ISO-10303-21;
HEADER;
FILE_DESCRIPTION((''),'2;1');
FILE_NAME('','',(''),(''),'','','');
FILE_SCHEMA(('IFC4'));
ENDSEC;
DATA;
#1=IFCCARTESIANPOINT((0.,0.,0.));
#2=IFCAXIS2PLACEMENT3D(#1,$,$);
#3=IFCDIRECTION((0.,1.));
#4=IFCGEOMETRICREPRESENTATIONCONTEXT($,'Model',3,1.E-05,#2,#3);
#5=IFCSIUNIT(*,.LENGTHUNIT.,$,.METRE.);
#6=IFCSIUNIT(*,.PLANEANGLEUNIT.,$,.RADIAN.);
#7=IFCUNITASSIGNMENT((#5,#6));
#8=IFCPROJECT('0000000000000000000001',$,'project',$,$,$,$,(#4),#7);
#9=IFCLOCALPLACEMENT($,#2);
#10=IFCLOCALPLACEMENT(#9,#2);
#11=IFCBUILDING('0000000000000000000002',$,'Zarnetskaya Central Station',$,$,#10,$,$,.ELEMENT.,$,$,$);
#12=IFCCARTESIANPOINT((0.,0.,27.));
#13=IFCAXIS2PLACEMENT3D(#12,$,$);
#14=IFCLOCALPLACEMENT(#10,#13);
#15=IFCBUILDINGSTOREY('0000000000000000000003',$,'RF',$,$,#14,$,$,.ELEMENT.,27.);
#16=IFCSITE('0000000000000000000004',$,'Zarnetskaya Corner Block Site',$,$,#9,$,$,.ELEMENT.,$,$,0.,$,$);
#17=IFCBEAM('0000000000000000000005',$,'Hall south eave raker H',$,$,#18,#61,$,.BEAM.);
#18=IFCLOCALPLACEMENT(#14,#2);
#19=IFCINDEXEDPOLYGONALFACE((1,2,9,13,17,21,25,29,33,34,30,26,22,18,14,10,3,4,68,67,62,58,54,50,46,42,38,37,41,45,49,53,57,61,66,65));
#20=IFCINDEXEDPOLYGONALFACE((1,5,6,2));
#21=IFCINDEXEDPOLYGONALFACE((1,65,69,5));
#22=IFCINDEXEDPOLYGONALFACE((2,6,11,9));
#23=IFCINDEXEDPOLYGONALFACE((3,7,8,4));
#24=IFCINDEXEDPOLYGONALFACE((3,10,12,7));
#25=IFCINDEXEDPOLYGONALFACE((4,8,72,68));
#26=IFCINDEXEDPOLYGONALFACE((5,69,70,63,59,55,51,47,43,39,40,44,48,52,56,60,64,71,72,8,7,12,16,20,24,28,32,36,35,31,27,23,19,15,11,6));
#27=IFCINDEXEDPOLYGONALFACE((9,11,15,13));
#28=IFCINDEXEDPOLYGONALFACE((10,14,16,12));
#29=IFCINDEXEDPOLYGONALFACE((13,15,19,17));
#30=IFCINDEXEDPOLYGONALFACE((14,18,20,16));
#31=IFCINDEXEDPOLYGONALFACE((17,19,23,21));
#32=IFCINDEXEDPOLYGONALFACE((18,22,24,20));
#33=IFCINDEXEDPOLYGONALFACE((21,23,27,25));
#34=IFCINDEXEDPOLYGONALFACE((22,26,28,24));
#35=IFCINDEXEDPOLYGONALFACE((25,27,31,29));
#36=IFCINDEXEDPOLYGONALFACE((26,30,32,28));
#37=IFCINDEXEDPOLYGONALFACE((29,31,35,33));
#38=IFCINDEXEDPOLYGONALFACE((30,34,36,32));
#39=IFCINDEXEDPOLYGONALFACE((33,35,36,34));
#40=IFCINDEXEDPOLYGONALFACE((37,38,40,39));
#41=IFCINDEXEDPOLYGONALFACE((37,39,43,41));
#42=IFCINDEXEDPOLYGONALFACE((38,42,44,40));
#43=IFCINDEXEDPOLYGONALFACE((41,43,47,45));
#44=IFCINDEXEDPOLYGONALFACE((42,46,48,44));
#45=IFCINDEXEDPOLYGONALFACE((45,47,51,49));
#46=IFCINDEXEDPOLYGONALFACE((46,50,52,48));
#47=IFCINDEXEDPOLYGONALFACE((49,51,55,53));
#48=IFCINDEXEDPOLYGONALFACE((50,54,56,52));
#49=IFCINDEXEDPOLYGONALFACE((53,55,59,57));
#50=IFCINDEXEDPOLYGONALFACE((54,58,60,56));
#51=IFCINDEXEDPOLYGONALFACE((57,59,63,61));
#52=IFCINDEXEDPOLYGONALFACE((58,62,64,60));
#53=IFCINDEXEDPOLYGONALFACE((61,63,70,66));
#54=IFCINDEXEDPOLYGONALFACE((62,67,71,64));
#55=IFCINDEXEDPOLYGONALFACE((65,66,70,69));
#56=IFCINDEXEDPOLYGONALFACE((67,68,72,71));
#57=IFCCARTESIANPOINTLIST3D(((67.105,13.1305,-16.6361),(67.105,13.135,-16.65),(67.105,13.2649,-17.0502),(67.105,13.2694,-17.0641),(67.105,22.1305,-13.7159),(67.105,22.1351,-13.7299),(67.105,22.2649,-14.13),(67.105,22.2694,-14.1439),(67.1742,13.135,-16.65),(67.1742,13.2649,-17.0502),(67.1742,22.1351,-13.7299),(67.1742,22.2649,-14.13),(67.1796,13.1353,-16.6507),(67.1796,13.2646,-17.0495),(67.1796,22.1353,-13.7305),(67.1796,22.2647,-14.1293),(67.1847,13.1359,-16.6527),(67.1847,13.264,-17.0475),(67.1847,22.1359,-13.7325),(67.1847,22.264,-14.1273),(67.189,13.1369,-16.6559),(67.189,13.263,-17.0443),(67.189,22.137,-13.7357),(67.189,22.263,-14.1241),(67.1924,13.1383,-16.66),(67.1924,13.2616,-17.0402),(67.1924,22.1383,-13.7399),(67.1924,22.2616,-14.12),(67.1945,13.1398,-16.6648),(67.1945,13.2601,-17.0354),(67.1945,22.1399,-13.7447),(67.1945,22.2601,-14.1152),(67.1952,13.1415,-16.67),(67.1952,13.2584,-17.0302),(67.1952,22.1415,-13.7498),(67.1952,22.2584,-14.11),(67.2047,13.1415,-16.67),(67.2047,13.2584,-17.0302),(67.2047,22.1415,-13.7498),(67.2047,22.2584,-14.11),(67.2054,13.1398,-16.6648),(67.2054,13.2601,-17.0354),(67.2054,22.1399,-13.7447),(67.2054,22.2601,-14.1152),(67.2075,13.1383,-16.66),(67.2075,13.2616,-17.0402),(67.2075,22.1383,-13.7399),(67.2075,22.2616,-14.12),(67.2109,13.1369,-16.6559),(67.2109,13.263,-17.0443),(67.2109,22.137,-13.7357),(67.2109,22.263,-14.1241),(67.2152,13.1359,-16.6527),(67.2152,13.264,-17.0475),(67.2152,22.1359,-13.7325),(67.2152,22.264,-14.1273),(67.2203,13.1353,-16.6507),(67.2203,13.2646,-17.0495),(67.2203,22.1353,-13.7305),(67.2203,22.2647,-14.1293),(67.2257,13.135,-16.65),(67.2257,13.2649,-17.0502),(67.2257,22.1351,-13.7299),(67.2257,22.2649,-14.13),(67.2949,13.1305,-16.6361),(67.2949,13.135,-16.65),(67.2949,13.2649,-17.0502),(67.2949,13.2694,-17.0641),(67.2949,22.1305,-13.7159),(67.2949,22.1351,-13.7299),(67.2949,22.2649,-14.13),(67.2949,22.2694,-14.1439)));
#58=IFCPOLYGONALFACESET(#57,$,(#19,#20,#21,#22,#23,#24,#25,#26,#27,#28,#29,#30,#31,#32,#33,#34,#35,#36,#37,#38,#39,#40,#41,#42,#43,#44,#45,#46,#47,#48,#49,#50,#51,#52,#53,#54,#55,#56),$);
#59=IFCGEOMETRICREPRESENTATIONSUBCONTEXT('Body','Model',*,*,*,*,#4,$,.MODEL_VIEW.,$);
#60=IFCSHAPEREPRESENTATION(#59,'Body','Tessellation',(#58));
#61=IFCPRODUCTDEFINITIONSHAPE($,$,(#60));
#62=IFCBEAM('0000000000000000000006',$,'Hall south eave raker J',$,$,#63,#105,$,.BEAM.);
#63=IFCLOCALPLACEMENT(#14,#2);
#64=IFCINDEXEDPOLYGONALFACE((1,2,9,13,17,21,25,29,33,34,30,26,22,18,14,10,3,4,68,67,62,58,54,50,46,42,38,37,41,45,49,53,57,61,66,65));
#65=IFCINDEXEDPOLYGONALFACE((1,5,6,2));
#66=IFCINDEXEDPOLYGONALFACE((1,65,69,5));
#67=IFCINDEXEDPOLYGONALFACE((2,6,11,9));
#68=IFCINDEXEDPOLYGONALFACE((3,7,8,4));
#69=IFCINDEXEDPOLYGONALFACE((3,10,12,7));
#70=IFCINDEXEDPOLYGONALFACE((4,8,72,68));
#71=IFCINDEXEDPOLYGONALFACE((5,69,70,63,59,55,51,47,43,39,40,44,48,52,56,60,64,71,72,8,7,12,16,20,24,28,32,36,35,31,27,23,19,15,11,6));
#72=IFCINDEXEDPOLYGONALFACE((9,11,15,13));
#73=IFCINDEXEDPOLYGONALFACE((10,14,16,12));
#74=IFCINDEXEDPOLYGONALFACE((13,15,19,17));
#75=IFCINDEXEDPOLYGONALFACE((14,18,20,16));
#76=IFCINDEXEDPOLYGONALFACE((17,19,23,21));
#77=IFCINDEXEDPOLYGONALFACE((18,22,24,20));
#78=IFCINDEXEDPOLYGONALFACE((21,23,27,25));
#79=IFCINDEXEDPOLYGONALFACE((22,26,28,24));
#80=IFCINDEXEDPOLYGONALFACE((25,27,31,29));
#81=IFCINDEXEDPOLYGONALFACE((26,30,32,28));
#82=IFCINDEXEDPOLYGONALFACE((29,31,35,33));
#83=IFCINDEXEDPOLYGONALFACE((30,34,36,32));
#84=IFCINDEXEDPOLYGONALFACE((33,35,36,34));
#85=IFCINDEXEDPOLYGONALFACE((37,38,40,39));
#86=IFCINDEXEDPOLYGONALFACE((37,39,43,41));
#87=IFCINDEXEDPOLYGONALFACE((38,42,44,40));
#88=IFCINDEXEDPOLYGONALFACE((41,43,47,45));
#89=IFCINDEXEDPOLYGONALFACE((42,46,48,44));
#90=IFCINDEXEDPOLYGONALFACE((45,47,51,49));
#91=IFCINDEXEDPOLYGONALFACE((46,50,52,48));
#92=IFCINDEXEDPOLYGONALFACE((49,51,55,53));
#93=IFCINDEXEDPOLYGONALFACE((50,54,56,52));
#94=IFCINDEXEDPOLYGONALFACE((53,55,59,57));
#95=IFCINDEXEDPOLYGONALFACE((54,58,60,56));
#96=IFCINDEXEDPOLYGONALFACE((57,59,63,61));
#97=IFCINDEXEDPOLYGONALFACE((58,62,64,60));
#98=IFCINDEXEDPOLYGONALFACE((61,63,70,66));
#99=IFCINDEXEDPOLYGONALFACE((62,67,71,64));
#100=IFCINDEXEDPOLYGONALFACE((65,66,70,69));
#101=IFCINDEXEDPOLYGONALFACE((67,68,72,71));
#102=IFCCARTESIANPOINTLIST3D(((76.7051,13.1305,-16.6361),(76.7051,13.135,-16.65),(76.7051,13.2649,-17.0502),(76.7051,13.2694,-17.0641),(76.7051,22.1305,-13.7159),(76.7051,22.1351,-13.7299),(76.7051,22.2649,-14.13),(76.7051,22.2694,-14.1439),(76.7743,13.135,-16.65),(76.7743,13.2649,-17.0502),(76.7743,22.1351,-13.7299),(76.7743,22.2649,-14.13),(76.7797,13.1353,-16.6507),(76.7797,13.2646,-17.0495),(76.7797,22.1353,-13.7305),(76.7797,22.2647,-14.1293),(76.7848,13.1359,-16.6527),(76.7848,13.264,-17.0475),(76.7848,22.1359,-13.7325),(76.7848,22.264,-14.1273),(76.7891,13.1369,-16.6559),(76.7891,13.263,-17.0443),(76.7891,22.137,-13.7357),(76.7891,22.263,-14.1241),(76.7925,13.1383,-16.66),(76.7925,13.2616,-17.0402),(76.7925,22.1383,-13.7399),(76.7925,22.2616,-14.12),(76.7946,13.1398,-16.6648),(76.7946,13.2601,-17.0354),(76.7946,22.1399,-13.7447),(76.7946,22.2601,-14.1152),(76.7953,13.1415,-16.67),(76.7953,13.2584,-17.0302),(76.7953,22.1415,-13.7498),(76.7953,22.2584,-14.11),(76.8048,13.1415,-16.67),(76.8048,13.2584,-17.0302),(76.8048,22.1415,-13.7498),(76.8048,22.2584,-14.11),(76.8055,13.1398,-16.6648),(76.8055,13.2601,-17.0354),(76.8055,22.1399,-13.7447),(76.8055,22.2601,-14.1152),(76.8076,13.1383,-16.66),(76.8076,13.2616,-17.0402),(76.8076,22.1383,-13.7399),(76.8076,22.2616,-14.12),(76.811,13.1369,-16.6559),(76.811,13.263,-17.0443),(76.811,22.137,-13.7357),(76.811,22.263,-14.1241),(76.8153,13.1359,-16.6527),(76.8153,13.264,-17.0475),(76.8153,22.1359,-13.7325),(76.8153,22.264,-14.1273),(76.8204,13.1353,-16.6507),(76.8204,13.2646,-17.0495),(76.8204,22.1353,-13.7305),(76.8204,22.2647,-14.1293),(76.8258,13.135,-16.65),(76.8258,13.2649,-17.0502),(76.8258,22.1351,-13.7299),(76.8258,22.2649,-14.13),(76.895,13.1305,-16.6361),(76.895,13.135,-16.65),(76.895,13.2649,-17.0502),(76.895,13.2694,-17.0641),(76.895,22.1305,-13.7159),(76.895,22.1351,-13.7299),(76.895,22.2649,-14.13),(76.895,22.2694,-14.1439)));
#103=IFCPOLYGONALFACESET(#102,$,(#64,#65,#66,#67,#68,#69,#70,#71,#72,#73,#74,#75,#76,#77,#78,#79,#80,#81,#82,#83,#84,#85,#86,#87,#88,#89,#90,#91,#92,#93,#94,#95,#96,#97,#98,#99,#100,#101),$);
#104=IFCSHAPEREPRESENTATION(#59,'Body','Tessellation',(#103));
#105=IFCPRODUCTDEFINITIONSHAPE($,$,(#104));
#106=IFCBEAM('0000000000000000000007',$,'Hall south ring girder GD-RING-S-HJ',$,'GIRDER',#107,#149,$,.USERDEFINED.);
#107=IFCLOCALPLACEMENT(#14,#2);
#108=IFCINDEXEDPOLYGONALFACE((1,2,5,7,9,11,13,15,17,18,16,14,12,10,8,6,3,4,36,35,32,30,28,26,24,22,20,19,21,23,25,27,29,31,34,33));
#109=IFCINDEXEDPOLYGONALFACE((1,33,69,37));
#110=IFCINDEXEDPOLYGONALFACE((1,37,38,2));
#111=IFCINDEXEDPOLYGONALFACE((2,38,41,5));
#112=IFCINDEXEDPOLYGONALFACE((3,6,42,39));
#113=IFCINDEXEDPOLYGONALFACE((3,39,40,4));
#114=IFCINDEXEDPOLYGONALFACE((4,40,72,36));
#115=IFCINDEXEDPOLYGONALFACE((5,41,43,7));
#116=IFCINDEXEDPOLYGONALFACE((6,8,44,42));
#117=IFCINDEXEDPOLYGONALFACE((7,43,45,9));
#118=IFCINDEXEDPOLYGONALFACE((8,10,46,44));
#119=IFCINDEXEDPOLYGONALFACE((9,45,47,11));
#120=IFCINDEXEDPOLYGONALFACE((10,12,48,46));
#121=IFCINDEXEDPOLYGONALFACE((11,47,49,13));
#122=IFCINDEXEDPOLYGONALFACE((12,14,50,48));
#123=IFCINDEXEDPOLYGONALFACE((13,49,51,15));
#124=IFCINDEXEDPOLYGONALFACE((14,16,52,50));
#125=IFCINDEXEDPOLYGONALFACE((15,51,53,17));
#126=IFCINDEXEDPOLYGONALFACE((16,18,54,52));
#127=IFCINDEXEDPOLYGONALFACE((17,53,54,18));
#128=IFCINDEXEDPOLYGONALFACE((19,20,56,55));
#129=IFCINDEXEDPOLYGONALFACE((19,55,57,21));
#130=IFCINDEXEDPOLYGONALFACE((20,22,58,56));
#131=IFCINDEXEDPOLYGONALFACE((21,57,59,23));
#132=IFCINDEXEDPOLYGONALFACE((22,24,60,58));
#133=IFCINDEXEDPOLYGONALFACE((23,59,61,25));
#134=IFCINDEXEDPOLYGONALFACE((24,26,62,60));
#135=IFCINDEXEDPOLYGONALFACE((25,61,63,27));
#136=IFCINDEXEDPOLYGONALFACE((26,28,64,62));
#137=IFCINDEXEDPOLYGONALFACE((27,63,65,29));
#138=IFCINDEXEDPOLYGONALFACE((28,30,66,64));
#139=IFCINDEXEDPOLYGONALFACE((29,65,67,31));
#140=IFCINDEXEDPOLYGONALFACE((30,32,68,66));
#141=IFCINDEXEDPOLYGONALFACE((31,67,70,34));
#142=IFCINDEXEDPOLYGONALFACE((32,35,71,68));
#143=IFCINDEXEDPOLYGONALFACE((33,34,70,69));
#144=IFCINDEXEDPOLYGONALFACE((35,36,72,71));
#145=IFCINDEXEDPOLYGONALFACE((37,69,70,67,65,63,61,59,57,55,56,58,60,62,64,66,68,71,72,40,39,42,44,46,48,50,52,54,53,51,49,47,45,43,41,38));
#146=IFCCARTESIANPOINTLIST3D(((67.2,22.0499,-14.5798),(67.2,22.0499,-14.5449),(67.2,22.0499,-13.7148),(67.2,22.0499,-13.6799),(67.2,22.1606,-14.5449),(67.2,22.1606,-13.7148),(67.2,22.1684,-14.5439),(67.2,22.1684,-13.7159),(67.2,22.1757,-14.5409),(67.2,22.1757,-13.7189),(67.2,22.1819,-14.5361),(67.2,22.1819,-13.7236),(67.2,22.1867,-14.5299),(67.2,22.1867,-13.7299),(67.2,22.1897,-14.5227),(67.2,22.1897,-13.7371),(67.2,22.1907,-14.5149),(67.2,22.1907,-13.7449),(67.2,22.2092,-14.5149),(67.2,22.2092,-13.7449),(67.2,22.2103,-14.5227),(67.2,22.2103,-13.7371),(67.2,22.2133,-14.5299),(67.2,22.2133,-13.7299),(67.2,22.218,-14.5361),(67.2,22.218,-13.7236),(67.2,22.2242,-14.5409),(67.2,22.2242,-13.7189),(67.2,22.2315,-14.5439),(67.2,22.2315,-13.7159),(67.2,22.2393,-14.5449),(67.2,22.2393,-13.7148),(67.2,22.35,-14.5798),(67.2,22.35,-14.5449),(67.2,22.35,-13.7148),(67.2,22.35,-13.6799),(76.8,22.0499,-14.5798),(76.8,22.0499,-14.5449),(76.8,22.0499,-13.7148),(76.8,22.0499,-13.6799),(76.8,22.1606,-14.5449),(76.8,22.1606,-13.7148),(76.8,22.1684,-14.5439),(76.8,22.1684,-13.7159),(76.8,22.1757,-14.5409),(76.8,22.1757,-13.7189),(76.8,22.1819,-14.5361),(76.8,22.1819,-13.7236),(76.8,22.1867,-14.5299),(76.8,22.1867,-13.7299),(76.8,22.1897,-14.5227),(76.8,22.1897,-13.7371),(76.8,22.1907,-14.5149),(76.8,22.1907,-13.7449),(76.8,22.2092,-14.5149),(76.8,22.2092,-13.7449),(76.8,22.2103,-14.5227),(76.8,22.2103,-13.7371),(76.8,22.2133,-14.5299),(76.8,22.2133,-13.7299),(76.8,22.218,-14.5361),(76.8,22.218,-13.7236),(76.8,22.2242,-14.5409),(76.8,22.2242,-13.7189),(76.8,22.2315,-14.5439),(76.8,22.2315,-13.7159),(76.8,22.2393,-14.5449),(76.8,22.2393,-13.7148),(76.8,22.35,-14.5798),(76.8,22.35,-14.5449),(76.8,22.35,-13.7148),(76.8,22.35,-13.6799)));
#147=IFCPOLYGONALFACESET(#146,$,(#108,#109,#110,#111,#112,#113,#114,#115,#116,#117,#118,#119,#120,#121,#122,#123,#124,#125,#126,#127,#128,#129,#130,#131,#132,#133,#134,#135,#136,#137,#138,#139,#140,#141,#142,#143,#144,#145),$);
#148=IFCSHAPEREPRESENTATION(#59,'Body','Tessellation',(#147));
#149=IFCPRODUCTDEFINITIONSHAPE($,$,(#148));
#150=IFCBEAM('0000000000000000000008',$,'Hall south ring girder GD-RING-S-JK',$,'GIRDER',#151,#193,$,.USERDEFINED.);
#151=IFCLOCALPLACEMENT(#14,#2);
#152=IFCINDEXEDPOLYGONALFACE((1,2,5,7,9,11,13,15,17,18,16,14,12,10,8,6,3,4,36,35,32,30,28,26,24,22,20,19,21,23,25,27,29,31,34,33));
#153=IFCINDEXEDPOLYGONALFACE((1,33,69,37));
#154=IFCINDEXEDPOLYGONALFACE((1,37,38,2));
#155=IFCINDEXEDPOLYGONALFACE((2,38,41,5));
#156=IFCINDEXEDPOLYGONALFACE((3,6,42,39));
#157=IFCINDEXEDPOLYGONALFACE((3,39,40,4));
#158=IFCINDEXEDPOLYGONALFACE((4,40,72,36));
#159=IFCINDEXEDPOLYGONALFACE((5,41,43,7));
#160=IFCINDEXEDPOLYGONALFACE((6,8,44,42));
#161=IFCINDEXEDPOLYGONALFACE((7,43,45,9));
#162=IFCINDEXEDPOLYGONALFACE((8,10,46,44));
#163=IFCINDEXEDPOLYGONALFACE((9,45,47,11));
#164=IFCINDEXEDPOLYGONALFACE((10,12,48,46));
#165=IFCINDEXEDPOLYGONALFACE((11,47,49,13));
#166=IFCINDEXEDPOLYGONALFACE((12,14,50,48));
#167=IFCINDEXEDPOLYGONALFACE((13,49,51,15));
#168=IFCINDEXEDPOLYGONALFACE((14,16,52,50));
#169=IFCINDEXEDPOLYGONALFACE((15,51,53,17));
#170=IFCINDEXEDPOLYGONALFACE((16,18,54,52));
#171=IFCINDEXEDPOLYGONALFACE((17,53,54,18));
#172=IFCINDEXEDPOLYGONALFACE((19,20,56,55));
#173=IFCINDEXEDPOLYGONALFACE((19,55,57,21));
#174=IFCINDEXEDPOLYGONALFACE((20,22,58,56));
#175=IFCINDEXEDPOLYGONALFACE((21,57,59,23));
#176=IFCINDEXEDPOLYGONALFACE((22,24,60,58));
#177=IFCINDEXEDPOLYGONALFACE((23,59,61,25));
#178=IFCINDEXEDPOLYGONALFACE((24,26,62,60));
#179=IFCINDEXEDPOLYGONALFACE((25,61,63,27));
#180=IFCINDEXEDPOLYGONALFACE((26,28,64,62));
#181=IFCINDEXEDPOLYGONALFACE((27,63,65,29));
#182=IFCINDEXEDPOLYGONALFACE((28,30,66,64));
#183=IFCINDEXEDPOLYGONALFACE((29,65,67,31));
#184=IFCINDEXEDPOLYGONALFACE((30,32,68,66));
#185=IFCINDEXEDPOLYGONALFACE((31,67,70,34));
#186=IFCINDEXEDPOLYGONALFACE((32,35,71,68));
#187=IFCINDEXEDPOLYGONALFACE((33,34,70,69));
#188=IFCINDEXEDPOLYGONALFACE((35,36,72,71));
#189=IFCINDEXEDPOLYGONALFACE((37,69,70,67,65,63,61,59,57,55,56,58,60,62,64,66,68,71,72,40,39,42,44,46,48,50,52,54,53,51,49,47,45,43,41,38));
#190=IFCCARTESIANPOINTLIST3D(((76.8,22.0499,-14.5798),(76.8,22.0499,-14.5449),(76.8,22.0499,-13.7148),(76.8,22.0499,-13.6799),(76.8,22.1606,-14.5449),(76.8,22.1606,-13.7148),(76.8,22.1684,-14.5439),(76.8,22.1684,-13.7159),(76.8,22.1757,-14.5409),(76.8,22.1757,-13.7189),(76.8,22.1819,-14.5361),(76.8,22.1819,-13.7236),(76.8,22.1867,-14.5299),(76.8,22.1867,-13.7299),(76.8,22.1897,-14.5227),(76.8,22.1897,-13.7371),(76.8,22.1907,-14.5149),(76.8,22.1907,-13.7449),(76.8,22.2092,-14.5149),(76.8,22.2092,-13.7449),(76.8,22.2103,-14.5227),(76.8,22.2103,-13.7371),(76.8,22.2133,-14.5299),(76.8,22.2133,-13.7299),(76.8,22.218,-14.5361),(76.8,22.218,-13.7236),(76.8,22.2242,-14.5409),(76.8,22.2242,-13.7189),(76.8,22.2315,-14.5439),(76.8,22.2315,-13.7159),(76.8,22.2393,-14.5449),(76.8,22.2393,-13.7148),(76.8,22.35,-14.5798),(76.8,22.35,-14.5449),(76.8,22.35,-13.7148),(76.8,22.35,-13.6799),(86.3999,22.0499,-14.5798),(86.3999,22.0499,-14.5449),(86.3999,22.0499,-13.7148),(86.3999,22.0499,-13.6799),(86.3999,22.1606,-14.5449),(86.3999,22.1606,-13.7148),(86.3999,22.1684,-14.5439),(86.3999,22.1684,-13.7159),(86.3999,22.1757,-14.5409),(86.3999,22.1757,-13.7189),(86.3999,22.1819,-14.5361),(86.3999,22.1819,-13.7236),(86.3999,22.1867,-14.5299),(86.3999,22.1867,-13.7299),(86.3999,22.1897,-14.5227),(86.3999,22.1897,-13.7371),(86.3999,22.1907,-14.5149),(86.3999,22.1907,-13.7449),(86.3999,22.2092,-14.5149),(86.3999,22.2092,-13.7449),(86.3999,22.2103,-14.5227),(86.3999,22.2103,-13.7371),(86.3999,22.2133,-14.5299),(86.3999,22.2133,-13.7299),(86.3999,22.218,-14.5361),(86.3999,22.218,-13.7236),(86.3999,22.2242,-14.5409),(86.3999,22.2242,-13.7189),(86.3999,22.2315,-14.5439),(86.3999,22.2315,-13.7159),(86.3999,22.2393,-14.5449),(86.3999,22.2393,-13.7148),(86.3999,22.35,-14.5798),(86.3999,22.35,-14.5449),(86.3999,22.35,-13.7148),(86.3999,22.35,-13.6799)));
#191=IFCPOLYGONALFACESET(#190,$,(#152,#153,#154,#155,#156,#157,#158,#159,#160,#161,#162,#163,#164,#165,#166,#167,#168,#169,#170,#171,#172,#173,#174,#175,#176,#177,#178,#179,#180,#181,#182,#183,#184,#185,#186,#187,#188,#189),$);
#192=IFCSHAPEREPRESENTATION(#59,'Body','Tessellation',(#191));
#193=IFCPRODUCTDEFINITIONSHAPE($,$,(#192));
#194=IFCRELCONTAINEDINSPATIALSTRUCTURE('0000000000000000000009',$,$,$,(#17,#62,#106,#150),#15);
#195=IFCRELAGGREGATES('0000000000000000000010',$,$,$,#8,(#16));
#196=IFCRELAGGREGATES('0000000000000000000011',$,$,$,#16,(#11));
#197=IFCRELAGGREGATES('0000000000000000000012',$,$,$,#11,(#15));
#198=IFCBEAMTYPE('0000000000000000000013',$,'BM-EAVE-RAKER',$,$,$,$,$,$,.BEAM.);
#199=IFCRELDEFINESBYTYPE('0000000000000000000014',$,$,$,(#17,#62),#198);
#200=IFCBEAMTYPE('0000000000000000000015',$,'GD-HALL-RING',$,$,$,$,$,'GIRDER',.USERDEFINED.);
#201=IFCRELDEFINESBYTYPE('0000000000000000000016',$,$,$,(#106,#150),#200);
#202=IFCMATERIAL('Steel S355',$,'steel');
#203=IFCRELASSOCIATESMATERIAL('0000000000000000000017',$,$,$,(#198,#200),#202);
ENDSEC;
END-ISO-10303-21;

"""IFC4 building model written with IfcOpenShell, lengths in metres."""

from ifc_helpers import new_model, si_unit, direction, frame, origin, origin_2d, place, context, subcontext, project, spatial, i_section, extrude, material, material_profile, profile_set, type_object, element, save


model = new_model("IFC4")

# Units and contexts
model_context = context("Model", 3, precision=1e-05, world=origin(), true_north=direction((0.0, 1.0)))
body_context = subcontext(model_context, "Body", "Model", "MODEL_VIEW")
ifc_project = project(units=[si_unit("LENGTHUNIT", "METRE"), si_unit("PLANEANGLEUNIT", "RADIAN")], contexts=[model_context])

# Site, building, storey
site_placement = place(None, origin())
site = spatial("IfcSite", under=ifc_project, at=site_placement, Name="Zarnetskaya Corner Block Site", CompositionType="ELEMENT", RefElevation=0.0)
building_placement = place(site_placement, origin())
building = spatial("IfcBuilding", under=site, at=building_placement, Name="Zarnetskaya Central Station", CompositionType="ELEMENT")
storey_placement = place(building_placement, frame((0.0, 0.0, 27.0)))
storey = spatial("IfcBuildingStorey", under=building, at=storey_placement, Name="RF", CompositionType="ELEMENT", Elevation=27.0)

# Beams
ifc_material_1 = material(Name="Steel S355", Category="steel")
ifc_material_profile_1 = material_profile(ifc_material_1, i_section(OverallWidth=0.1899, OverallDepth=0.45, WebThickness=0.0095, FlangeThickness=0.0146, FilletRadius=0.021, at=origin_2d()), Name="IPE 450")
ifc_profile_set_1 = profile_set([ifc_material_profile_1], Name="Steel S355")
beam_type_1 = type_object("IfcBeamType", Name="BM-EAVE-RAKER", PredefinedType="BEAM", material=ifc_profile_set_1)
for number, where, z_axis, x_axis, name in (
    (1, (67.2, 13.2, -16.8501), (0.0, 0.951184, 0.308624), (-1.0, 0.0, 0.0), "Hall south eave raker H"),
    (2, (76.8, 13.2, -16.8501), (0.0, 0.951184, 0.308624), (-1.0, 0.0, 0.0), "Hall south eave raker J"),
):
    element("IfcBeam", number, at=place(storey_placement, frame(where, z_axis=z_axis, x_axis=x_axis)), inside=storey, type_object=beam_type_1, Name=name, PredefinedType="BEAM", context=body_context, shape_type="SweptSolid", body=[
        extrude(i_section(OverallWidth=0.1899, OverallDepth=0.45, WebThickness=0.0095, FlangeThickness=0.0146, FilletRadius=0.021, at=origin_2d()), origin(), (0.0, 0.0, 1.0), 9.4619),
    ])
ifc_material_profile_2 = material_profile(ifc_material_1, i_section(OverallWidth=0.3, OverallDepth=0.8999, WebThickness=0.0186, FlangeThickness=0.0349, FilletRadius=0.03, at=origin_2d()), Name="HEB 900")
ifc_profile_set_2 = profile_set([ifc_material_profile_2], Name="Steel S355")
beam_type_2 = type_object("IfcBeamType", Name="GD-HALL-RING", ElementType="GIRDER", PredefinedType="USERDEFINED", material=ifc_profile_set_2)
beam_1_placement = place(storey_placement, frame((67.2, 22.2, -14.1299), z_axis=(1.0, 0.0, 0.0), x_axis=(0.0, 1.0, 0.0)))
element("IfcBeam", 3, at=beam_1_placement, inside=storey, type_object=beam_type_2, Name="Hall south ring girder GD-RING-S-HJ", ObjectType="GIRDER", PredefinedType="USERDEFINED", context=body_context, shape_type="SweptSolid", body=[
    extrude(i_section(OverallWidth=0.3, OverallDepth=0.8999, WebThickness=0.0186, FlangeThickness=0.0349, FilletRadius=0.03, at=origin_2d()), origin(), (0.0, 0.0, 1.0), 9.6001),
])
beam_2_placement = place(storey_placement, frame((76.8, 22.2, -14.1299), z_axis=(1.0, 0.0, 0.0), x_axis=(0.0, 1.0, 0.0)))
element("IfcBeam", 4, at=beam_2_placement, inside=storey, type_object=beam_type_2, Name="Hall south ring girder GD-RING-S-JK", ObjectType="GIRDER", PredefinedType="USERDEFINED", context=body_context, shape_type="SweptSolid", body=[
    extrude(i_section(OverallWidth=0.3, OverallDepth=0.8999, WebThickness=0.0186, FlangeThickness=0.0349, FilletRadius=0.03, at=origin_2d()), origin(), (0.0, 0.0, 1.0), 9.5999),
])

save(model, "model.ifc")
